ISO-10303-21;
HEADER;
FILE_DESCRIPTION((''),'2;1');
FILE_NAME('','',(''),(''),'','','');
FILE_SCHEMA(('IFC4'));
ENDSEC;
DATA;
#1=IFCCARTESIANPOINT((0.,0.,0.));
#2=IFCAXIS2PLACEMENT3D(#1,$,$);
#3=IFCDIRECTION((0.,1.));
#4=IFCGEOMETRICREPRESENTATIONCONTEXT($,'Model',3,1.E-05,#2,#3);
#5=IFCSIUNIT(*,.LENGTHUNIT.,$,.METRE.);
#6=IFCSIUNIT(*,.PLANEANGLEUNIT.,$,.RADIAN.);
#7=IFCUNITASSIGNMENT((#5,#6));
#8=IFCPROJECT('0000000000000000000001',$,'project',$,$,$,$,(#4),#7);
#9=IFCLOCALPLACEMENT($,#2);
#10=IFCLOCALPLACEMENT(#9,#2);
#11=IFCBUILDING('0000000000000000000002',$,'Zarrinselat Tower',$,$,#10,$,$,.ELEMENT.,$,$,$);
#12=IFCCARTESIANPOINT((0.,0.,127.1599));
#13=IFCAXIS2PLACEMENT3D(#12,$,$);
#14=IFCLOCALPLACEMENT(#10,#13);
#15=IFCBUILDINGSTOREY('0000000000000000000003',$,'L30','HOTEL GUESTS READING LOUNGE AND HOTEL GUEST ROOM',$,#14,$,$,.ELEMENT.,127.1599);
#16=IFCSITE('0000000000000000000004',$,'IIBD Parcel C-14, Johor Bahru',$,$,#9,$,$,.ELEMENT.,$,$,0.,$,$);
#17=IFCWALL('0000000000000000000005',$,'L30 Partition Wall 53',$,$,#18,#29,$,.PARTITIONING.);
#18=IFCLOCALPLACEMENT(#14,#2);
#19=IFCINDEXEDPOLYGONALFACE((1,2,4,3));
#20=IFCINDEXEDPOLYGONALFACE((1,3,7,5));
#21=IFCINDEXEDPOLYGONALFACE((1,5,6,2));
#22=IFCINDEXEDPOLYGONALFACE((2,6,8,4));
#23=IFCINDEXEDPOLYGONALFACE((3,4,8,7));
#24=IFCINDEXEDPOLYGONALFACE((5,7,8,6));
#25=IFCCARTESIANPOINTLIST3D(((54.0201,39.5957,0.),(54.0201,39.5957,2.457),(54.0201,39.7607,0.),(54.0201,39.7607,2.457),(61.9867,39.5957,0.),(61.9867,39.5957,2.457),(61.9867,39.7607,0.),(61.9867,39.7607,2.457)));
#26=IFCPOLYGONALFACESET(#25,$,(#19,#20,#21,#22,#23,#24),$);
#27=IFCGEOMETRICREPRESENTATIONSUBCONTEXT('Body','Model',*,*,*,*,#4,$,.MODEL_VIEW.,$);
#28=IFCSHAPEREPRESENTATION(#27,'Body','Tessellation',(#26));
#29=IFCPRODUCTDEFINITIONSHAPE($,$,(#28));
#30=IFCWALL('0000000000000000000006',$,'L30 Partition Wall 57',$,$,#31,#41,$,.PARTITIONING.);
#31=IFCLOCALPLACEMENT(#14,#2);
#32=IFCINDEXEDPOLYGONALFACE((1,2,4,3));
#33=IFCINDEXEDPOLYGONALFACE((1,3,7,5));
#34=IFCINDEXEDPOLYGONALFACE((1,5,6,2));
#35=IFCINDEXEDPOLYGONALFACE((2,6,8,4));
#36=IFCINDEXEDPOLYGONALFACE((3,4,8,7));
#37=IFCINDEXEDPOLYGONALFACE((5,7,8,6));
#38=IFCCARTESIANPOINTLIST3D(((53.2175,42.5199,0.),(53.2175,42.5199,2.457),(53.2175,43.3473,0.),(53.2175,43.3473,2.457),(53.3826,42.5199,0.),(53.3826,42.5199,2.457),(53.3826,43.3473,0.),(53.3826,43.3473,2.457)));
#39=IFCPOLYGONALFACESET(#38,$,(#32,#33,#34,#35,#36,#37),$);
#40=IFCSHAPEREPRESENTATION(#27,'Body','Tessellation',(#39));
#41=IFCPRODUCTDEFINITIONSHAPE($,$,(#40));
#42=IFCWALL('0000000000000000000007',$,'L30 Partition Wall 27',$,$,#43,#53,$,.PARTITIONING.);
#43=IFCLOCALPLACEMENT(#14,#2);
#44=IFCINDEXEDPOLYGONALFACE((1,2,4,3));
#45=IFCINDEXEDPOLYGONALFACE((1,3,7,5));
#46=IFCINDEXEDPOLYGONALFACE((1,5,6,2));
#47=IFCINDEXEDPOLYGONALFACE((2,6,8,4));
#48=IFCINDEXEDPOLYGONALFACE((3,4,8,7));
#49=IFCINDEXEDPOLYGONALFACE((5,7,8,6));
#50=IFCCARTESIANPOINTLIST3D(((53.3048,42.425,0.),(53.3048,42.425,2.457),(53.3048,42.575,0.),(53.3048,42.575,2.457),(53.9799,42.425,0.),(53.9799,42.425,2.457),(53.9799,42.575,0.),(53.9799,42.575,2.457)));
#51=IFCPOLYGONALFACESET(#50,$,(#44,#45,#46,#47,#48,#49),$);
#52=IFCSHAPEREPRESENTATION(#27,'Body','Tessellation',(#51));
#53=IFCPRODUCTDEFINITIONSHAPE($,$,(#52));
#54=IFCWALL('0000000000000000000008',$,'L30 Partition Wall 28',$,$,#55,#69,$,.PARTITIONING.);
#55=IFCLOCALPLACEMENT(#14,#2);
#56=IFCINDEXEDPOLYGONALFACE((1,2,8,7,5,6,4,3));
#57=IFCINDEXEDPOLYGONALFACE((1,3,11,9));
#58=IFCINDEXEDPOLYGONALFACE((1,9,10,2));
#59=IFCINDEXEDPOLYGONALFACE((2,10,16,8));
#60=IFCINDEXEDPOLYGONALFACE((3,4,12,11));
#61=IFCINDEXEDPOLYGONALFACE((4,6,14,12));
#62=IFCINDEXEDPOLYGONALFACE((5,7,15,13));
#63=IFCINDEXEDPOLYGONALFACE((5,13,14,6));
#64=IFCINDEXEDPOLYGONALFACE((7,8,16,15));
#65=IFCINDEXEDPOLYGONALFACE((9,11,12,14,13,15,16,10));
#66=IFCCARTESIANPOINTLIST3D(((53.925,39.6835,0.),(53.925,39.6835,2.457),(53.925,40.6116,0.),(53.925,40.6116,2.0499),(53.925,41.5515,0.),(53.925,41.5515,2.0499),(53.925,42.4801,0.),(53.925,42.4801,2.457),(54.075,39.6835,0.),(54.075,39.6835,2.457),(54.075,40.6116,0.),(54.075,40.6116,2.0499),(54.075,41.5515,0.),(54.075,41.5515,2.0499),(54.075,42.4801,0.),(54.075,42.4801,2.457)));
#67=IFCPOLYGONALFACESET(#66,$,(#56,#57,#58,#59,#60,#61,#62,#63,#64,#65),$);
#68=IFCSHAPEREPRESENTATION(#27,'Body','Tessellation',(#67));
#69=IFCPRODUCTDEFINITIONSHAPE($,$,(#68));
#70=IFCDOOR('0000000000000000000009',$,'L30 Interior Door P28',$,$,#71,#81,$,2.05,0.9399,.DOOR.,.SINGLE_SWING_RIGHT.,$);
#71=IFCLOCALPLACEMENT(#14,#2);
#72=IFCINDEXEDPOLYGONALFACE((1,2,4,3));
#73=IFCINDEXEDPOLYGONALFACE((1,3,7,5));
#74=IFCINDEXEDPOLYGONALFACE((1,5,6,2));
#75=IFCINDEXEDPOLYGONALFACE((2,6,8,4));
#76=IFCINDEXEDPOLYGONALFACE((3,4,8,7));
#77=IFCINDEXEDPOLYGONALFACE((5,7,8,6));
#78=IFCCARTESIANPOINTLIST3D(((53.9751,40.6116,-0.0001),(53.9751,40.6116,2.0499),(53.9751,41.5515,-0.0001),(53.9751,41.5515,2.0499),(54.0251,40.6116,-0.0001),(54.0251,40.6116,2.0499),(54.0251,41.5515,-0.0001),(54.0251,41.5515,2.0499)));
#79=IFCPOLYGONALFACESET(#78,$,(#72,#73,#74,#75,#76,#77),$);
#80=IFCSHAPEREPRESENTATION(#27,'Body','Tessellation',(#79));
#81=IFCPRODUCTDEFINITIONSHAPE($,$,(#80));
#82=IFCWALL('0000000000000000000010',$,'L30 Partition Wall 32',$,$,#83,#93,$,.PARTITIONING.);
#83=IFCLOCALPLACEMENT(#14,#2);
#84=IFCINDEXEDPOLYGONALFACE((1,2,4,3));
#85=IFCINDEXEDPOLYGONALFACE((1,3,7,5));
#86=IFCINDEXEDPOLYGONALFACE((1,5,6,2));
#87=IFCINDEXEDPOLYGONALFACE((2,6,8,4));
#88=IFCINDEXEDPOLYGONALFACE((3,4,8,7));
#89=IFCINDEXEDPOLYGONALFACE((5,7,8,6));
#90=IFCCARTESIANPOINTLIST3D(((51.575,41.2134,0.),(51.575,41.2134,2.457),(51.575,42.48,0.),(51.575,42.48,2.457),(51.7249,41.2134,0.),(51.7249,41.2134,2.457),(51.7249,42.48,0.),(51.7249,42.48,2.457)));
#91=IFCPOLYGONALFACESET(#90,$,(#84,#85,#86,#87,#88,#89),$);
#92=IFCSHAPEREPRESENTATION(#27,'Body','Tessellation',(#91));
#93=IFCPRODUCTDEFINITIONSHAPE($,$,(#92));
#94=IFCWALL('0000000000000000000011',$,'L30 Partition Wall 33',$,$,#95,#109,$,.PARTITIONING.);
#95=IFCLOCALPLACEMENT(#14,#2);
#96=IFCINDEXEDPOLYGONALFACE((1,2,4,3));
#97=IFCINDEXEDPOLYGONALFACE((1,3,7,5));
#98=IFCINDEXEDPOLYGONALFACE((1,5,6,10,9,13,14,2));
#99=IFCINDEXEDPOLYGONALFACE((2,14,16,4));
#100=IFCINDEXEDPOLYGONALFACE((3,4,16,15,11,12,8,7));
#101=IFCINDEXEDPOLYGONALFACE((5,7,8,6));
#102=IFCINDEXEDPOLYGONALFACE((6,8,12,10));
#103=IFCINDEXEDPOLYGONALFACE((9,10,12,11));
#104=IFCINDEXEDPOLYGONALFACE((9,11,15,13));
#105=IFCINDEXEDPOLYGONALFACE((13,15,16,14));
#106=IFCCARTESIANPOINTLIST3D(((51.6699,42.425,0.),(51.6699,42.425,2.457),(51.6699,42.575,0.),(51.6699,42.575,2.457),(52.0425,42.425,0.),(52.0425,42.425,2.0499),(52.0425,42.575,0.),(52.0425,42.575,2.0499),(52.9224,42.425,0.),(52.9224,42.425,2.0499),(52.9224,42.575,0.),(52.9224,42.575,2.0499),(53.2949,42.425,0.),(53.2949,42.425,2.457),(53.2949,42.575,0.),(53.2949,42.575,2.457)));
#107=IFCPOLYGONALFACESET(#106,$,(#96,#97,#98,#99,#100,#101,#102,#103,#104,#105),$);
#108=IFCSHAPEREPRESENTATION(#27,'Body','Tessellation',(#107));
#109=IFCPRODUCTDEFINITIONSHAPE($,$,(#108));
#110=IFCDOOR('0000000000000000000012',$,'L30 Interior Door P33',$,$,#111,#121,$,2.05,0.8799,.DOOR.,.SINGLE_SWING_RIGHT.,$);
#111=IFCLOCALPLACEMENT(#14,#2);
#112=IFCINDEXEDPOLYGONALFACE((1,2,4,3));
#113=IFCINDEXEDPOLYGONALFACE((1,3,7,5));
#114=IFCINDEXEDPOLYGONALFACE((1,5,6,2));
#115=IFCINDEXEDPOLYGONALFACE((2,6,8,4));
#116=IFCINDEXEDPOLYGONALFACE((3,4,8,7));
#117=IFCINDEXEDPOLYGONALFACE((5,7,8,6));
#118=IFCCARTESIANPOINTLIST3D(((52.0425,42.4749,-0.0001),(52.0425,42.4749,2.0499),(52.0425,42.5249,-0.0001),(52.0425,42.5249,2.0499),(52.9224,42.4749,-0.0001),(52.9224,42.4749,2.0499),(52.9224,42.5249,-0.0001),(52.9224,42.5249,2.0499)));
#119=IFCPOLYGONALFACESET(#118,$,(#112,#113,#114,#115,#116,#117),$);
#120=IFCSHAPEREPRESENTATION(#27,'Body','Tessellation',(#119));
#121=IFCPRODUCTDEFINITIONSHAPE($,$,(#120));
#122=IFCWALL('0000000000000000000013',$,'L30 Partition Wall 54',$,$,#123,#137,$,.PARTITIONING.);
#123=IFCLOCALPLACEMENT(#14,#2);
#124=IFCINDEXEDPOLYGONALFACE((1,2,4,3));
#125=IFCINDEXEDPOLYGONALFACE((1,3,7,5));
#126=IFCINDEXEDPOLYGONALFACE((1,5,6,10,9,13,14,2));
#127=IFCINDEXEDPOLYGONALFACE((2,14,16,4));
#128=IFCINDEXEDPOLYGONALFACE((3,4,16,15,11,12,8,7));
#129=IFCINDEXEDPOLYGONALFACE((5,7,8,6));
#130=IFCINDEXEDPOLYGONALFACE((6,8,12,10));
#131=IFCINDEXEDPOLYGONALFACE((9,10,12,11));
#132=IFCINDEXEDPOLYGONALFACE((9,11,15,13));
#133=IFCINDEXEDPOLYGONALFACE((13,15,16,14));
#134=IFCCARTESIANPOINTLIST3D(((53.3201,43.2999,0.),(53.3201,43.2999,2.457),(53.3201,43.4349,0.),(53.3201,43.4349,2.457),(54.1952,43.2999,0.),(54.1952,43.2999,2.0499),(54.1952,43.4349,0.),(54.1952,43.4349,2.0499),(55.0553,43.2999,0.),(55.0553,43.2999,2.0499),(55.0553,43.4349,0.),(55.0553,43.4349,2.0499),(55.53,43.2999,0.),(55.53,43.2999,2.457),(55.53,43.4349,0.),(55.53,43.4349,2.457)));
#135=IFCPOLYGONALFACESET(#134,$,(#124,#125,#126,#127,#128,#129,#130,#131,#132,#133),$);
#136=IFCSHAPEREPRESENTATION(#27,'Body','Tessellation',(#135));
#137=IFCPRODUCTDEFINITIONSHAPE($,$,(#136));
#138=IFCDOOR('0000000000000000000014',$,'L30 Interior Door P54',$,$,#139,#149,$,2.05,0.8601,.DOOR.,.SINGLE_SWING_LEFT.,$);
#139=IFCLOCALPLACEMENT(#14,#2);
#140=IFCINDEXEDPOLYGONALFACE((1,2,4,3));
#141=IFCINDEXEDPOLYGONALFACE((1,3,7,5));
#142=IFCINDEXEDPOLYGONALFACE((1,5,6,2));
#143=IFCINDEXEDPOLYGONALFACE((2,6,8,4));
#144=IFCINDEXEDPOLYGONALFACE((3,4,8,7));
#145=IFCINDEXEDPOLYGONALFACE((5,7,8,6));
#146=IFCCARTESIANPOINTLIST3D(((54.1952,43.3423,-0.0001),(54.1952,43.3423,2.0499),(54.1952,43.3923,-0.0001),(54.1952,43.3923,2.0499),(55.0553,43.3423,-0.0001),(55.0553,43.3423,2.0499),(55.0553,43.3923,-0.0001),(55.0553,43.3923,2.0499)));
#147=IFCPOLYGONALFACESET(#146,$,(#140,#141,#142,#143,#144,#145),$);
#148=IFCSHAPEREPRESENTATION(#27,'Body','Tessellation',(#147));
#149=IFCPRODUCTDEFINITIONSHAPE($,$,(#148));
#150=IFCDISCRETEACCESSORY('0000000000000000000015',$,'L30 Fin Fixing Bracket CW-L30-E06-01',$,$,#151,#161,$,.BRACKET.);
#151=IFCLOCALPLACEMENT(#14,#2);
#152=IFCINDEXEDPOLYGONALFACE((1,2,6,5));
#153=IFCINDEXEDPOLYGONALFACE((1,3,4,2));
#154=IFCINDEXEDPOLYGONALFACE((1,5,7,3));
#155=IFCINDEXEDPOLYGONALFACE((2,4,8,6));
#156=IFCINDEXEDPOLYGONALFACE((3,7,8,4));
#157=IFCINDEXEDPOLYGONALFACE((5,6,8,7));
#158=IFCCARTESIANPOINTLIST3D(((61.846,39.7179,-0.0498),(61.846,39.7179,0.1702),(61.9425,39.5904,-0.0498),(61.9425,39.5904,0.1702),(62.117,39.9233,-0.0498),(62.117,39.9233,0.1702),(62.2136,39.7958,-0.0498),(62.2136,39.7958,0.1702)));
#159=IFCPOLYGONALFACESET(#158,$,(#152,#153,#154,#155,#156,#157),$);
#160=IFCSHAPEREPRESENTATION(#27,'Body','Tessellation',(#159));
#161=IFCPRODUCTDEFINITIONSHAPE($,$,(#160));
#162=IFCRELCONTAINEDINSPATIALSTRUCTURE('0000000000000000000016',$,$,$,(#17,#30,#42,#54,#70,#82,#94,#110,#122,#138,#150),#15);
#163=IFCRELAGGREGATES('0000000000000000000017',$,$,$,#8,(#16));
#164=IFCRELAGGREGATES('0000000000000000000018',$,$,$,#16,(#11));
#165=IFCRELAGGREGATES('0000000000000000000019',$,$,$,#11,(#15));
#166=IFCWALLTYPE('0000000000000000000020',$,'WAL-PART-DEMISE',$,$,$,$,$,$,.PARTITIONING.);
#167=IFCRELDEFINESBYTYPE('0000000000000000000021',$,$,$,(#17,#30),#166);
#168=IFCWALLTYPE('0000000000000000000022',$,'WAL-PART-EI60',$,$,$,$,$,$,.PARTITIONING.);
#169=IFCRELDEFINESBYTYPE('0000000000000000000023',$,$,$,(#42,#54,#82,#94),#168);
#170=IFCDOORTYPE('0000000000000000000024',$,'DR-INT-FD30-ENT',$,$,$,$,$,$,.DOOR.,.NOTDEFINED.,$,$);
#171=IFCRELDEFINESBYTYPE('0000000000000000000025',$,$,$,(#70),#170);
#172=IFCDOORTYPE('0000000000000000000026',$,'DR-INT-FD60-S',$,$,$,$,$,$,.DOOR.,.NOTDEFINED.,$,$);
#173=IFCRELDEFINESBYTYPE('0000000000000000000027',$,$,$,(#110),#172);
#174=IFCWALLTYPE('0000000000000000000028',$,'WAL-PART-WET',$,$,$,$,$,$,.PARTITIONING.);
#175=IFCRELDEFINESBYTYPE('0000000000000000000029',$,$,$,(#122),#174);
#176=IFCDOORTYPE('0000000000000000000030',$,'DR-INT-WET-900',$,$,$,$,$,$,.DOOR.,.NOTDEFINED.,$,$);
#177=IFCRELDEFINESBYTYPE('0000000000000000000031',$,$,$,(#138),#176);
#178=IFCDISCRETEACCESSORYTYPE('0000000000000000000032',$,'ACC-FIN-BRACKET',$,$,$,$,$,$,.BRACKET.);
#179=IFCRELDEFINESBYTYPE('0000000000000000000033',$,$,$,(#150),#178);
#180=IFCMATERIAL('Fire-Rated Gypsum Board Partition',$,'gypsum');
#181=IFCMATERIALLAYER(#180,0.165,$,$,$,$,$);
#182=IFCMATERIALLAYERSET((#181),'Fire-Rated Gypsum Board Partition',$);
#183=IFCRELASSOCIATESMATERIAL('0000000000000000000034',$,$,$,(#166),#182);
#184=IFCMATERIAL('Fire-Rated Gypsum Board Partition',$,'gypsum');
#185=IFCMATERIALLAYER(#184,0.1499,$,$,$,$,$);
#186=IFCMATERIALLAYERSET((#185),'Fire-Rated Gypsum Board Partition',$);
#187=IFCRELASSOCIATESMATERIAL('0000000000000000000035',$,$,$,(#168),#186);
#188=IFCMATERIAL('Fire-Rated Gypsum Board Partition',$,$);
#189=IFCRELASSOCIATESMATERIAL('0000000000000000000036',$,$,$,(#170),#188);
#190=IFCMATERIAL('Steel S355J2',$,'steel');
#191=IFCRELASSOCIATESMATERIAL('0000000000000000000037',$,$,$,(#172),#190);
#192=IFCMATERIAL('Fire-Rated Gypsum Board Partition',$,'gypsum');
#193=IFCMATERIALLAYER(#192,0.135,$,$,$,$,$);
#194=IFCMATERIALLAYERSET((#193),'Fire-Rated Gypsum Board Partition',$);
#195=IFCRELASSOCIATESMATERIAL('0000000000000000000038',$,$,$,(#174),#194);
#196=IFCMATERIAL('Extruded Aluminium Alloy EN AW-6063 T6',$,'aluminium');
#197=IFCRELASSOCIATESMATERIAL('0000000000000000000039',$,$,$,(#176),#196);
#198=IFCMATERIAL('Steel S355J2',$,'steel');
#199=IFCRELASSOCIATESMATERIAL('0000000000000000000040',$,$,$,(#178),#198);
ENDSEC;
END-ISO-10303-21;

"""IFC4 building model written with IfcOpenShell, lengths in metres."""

from ifc_helpers import new_model, si_unit, direction, frame, frame_2d, origin, origin_2d, place, context, subcontext, project, spatial, rectangle, extrude, material, layer, layer_set, type_object, element, fill, save


model = new_model("IFC4")

# Units and contexts
model_context = context("Model", 3, precision=1e-05, world=origin(), true_north=direction((0.0, 1.0)))
body_context = subcontext(model_context, "Body", "Model", "MODEL_VIEW")
ifc_project = project(units=[si_unit("LENGTHUNIT", "METRE"), si_unit("PLANEANGLEUNIT", "RADIAN")], contexts=[model_context])

# Site, building, storey
site_placement = place(None, origin())
site = spatial("IfcSite", under=ifc_project, at=site_placement, Name="IIBD Parcel C-14, Johor Bahru", CompositionType="ELEMENT", RefElevation=0.0)
building_placement = place(site_placement, origin())
building = spatial("IfcBuilding", under=site, at=building_placement, Name="Zarrinselat Tower", CompositionType="ELEMENT")
storey_placement = place(building_placement, frame((0.0, 0.0, 127.1599)))
storey = spatial("IfcBuildingStorey", under=building, at=storey_placement, Name="L30", Description="HOTEL GUESTS READING LOUNGE AND HOTEL GUEST ROOM", CompositionType="ELEMENT", Elevation=127.1599)

# Walls
ifc_material_1 = material(Name="Fire-Rated Gypsum Board Partition", Category="gypsum")
ifc_layer_1 = layer(ifc_material_1, 0.165)
ifc_layer_set_1 = layer_set([ifc_layer_1], Name="Fire-Rated Gypsum Board Partition")
wall_type_1 = type_object("IfcWallType", Name="WAL-PART-DEMISE", PredefinedType="PARTITIONING", material=ifc_layer_set_1)
wall_1_placement = place(storey_placement, frame((54.02, 39.6782, 0.0), z_axis=(0.0, 0.0, 1.0), x_axis=(1.0, 0.0, 0.0)))
element("IfcWall", 1, at=wall_1_placement, inside=storey, type_object=wall_type_1, Name="L30 Partition Wall 53", PredefinedType="PARTITIONING", context=body_context, shape_type="SweptSolid", body=[
    extrude(rectangle(XDim=7.9666, YDim=0.165, at=frame_2d((3.9834, 0.0))), origin(), (0.0, 0.0, 1.0), 2.457),
])
wall_2_placement = place(storey_placement, frame((53.3, 42.52, 0.0), z_axis=(0.0, 0.0, 1.0), x_axis=(0.0, 1.0, 0.0)))
element("IfcWall", 2, at=wall_2_placement, inside=storey, type_object=wall_type_1, Name="L30 Partition Wall 57", PredefinedType="PARTITIONING", context=body_context, shape_type="SweptSolid", body=[
    extrude(rectangle(XDim=0.8274, YDim=0.165, at=frame_2d((0.4136, 0.0))), origin(), (0.0, 0.0, 1.0), 2.457),
])
ifc_material_2 = material(Name="Fire-Rated Gypsum Board Partition", Category="gypsum")
ifc_layer_2 = layer(ifc_material_2, 0.1499)
ifc_layer_set_2 = layer_set([ifc_layer_2], Name="Fire-Rated Gypsum Board Partition")
wall_type_2 = type_object("IfcWallType", Name="WAL-PART-EI60", PredefinedType="PARTITIONING", material=ifc_layer_set_2)
wall_3_placement = place(storey_placement, frame((53.3049, 42.5, 0.0), z_axis=(0.0, 0.0, 1.0), x_axis=(1.0, 0.0, 0.0)))
element("IfcWall", 3, at=wall_3_placement, inside=storey, type_object=wall_type_2, Name="L30 Partition Wall 27", PredefinedType="PARTITIONING", context=body_context, shape_type="SweptSolid", body=[
    extrude(rectangle(XDim=0.675, YDim=0.1499, at=frame_2d((0.3374, 0.0))), origin(), (0.0, 0.0, 1.0), 2.457),
])

# Wall, opening, door
wall_4_placement = place(storey_placement, frame((54.0, 39.6833, 0.0), z_axis=(0.0, 0.0, 1.0), x_axis=(0.0, 1.0, 0.0)))
wall_4 = element("IfcWall", 4, at=wall_4_placement, inside=storey, type_object=wall_type_2, Name="L30 Partition Wall 28", PredefinedType="PARTITIONING", context=body_context, shape_type="SweptSolid", body=[
    extrude(rectangle(XDim=2.7966, YDim=0.1499, at=frame_2d((1.3984, 0.0))), origin(), (0.0, 0.0, 1.0), 2.457),
])
opening_1_placement = place(wall_4_placement, frame((0.9282, 0.0, 0.0)))
opening_1 = element("IfcOpeningElement", 5, at=opening_1_placement, cuts=wall_4, PredefinedType="OPENING", context=body_context, shape_type="SweptSolid", body=[
    extrude(rectangle(XDim=0.9399, YDim=2.05, at=frame_2d((0.47, 1.0249))), frame((0.0, 0.085, 0.0), z_axis=(0.0, -1.0, 0.0), x_axis=(1.0, 0.0, 0.0)), (0.0, 0.0, 1.0), 0.1699),
])
ifc_material_3 = material(Name="Fire-Rated Gypsum Board Partition")
door_type_1 = type_object("IfcDoorType", Name="DR-INT-FD30-ENT", OperationType="NOTDEFINED", PredefinedType="DOOR", material=ifc_material_3)
door_1_placement = place(opening_1_placement, origin())
door_1 = element("IfcDoor", 6, at=door_1_placement, inside=storey, type_object=door_type_1, Name="L30 Interior Door P28", OperationType="SINGLE_SWING_RIGHT", OverallHeight=2.05, OverallWidth=0.9399, PredefinedType="DOOR", context=body_context, shape_type="SweptSolid", body=[
    extrude(rectangle(XDim=0.9399, YDim=2.05, at=frame_2d((0.47, 1.0249))), frame((0.0, 0.0249, 0.0), z_axis=(0.0, -1.0, 0.0), x_axis=(1.0, 0.0, 0.0)), (0.0, 0.0, 1.0), 0.05),
])
fill(opening_1, door_1)

# Wall
wall_5_placement = place(storey_placement, frame((51.6499, 41.2134, 0.0), z_axis=(0.0, 0.0, 1.0), x_axis=(0.0, 1.0, 0.0)))
element("IfcWall", 7, at=wall_5_placement, inside=storey, type_object=wall_type_2, Name="L30 Partition Wall 32", PredefinedType="PARTITIONING", context=body_context, shape_type="SweptSolid", body=[
    extrude(rectangle(XDim=1.2666, YDim=0.1499, at=frame_2d((0.6333, 0.0))), origin(), (0.0, 0.0, 1.0), 2.457),
])

# Walls, openings, doors
wall_6_placement = place(storey_placement, frame((51.6699, 42.5, 0.0), z_axis=(0.0, 0.0, 1.0), x_axis=(1.0, 0.0, 0.0)))
wall_6 = element("IfcWall", 8, at=wall_6_placement, inside=storey, type_object=wall_type_2, Name="L30 Partition Wall 33", PredefinedType="PARTITIONING", context=body_context, shape_type="SweptSolid", body=[
    extrude(rectangle(XDim=1.625, YDim=0.1499, at=frame_2d((0.8125, 0.0))), origin(), (0.0, 0.0, 1.0), 2.457),
])
opening_2_placement = place(wall_6_placement, frame((0.3726, 0.0, 0.0)))
opening_2 = element("IfcOpeningElement", 9, at=opening_2_placement, cuts=wall_6, PredefinedType="OPENING", context=body_context, shape_type="SweptSolid", body=[
    extrude(rectangle(XDim=0.8799, YDim=2.05, at=frame_2d((0.4399, 1.0249))), frame((0.0, 0.085, 0.0), z_axis=(0.0, -1.0, 0.0), x_axis=(1.0, 0.0, 0.0)), (0.0, 0.0, 1.0), 0.1699),
])
ifc_material_4 = material(Name="Steel S355J2", Category="steel")
door_type_2 = type_object("IfcDoorType", Name="DR-INT-FD60-S", OperationType="NOTDEFINED", PredefinedType="DOOR", material=ifc_material_4)
door_2_placement = place(opening_2_placement, origin())
door_2 = element("IfcDoor", 10, at=door_2_placement, inside=storey, type_object=door_type_2, Name="L30 Interior Door P33", OperationType="SINGLE_SWING_RIGHT", OverallHeight=2.05, OverallWidth=0.8799, PredefinedType="DOOR", context=body_context, shape_type="SweptSolid", body=[
    extrude(rectangle(XDim=0.8799, YDim=2.05, at=frame_2d((0.4399, 1.0249))), frame((0.0, 0.0249, 0.0), z_axis=(0.0, -1.0, 0.0), x_axis=(1.0, 0.0, 0.0)), (0.0, 0.0, 1.0), 0.05),
])
fill(opening_2, door_2)
ifc_material_5 = material(Name="Fire-Rated Gypsum Board Partition", Category="gypsum")
ifc_layer_3 = layer(ifc_material_5, 0.135)
ifc_layer_set_3 = layer_set([ifc_layer_3], Name="Fire-Rated Gypsum Board Partition")
wall_type_3 = type_object("IfcWallType", Name="WAL-PART-WET", PredefinedType="PARTITIONING", material=ifc_layer_set_3)
wall_7_placement = place(storey_placement, frame((53.3201, 43.3674, 0.0), z_axis=(0.0, 0.0, 1.0), x_axis=(1.0, 0.0, 0.0)))
wall_7 = element("IfcWall", 11, at=wall_7_placement, inside=storey, type_object=wall_type_3, Name="L30 Partition Wall 54", PredefinedType="PARTITIONING", context=body_context, shape_type="SweptSolid", body=[
    extrude(rectangle(XDim=2.21, YDim=0.135, at=frame_2d((1.105, 0.0))), origin(), (0.0, 0.0, 1.0), 2.457),
])
opening_3_placement = place(wall_7_placement, frame((0.875, 0.0, 0.0)))
opening_3 = element("IfcOpeningElement", 12, at=opening_3_placement, cuts=wall_7, PredefinedType="OPENING", context=body_context, shape_type="SweptSolid", body=[
    extrude(rectangle(XDim=0.8601, YDim=2.05, at=frame_2d((0.4302, 1.0249))), frame((0.0, 0.0774, 0.0), z_axis=(0.0, -1.0, 0.0), x_axis=(1.0, 0.0, 0.0)), (0.0, 0.0, 1.0), 0.155),
])
ifc_material_6 = material(Name="Extruded Aluminium Alloy EN AW-6063 T6", Category="aluminium")
door_type_3 = type_object("IfcDoorType", Name="DR-INT-WET-900", OperationType="NOTDEFINED", PredefinedType="DOOR", material=ifc_material_6)
door_3_placement = place(opening_3_placement, origin())
door_3 = element("IfcDoor", 13, at=door_3_placement, inside=storey, type_object=door_type_3, Name="L30 Interior Door P54", OperationType="SINGLE_SWING_LEFT", OverallHeight=2.05, OverallWidth=0.8601, PredefinedType="DOOR", context=body_context, shape_type="SweptSolid", body=[
    extrude(rectangle(XDim=0.8601, YDim=2.05, at=frame_2d((0.4302, 1.0249))), frame((0.0, 0.0249, 0.0), z_axis=(0.0, -1.0, 0.0), x_axis=(1.0, 0.0, 0.0)), (0.0, 0.0, 1.0), 0.05),
])
fill(opening_3, door_3)

# Discrete accessory
ifc_material_7 = material(Name="Steel S355J2", Category="steel")
discrete_accessory_type = type_object("IfcDiscreteAccessoryType", Name="ACC-FIN-BRACKET", PredefinedType="BRACKET", material=ifc_material_7)
discrete_accessory_placement = place(storey_placement, frame((62.0298, 39.7568, -0.0498), z_axis=(0.0, 0.0, 1.0), x_axis=(0.797092, 0.603858, 0.0)))
element("IfcDiscreteAccessory", 14, at=discrete_accessory_placement, inside=storey, type_object=discrete_accessory_type, Name="L30 Fin Fixing Bracket CW-L30-E06-01", PredefinedType="BRACKET", context=body_context, shape_type="SweptSolid", body=[
    extrude(rectangle(XDim=0.3401, YDim=0.1599, at=origin_2d()), origin(), (0.0, 0.0, 1.0), 0.22),
])

save(model, "model.ifc")
